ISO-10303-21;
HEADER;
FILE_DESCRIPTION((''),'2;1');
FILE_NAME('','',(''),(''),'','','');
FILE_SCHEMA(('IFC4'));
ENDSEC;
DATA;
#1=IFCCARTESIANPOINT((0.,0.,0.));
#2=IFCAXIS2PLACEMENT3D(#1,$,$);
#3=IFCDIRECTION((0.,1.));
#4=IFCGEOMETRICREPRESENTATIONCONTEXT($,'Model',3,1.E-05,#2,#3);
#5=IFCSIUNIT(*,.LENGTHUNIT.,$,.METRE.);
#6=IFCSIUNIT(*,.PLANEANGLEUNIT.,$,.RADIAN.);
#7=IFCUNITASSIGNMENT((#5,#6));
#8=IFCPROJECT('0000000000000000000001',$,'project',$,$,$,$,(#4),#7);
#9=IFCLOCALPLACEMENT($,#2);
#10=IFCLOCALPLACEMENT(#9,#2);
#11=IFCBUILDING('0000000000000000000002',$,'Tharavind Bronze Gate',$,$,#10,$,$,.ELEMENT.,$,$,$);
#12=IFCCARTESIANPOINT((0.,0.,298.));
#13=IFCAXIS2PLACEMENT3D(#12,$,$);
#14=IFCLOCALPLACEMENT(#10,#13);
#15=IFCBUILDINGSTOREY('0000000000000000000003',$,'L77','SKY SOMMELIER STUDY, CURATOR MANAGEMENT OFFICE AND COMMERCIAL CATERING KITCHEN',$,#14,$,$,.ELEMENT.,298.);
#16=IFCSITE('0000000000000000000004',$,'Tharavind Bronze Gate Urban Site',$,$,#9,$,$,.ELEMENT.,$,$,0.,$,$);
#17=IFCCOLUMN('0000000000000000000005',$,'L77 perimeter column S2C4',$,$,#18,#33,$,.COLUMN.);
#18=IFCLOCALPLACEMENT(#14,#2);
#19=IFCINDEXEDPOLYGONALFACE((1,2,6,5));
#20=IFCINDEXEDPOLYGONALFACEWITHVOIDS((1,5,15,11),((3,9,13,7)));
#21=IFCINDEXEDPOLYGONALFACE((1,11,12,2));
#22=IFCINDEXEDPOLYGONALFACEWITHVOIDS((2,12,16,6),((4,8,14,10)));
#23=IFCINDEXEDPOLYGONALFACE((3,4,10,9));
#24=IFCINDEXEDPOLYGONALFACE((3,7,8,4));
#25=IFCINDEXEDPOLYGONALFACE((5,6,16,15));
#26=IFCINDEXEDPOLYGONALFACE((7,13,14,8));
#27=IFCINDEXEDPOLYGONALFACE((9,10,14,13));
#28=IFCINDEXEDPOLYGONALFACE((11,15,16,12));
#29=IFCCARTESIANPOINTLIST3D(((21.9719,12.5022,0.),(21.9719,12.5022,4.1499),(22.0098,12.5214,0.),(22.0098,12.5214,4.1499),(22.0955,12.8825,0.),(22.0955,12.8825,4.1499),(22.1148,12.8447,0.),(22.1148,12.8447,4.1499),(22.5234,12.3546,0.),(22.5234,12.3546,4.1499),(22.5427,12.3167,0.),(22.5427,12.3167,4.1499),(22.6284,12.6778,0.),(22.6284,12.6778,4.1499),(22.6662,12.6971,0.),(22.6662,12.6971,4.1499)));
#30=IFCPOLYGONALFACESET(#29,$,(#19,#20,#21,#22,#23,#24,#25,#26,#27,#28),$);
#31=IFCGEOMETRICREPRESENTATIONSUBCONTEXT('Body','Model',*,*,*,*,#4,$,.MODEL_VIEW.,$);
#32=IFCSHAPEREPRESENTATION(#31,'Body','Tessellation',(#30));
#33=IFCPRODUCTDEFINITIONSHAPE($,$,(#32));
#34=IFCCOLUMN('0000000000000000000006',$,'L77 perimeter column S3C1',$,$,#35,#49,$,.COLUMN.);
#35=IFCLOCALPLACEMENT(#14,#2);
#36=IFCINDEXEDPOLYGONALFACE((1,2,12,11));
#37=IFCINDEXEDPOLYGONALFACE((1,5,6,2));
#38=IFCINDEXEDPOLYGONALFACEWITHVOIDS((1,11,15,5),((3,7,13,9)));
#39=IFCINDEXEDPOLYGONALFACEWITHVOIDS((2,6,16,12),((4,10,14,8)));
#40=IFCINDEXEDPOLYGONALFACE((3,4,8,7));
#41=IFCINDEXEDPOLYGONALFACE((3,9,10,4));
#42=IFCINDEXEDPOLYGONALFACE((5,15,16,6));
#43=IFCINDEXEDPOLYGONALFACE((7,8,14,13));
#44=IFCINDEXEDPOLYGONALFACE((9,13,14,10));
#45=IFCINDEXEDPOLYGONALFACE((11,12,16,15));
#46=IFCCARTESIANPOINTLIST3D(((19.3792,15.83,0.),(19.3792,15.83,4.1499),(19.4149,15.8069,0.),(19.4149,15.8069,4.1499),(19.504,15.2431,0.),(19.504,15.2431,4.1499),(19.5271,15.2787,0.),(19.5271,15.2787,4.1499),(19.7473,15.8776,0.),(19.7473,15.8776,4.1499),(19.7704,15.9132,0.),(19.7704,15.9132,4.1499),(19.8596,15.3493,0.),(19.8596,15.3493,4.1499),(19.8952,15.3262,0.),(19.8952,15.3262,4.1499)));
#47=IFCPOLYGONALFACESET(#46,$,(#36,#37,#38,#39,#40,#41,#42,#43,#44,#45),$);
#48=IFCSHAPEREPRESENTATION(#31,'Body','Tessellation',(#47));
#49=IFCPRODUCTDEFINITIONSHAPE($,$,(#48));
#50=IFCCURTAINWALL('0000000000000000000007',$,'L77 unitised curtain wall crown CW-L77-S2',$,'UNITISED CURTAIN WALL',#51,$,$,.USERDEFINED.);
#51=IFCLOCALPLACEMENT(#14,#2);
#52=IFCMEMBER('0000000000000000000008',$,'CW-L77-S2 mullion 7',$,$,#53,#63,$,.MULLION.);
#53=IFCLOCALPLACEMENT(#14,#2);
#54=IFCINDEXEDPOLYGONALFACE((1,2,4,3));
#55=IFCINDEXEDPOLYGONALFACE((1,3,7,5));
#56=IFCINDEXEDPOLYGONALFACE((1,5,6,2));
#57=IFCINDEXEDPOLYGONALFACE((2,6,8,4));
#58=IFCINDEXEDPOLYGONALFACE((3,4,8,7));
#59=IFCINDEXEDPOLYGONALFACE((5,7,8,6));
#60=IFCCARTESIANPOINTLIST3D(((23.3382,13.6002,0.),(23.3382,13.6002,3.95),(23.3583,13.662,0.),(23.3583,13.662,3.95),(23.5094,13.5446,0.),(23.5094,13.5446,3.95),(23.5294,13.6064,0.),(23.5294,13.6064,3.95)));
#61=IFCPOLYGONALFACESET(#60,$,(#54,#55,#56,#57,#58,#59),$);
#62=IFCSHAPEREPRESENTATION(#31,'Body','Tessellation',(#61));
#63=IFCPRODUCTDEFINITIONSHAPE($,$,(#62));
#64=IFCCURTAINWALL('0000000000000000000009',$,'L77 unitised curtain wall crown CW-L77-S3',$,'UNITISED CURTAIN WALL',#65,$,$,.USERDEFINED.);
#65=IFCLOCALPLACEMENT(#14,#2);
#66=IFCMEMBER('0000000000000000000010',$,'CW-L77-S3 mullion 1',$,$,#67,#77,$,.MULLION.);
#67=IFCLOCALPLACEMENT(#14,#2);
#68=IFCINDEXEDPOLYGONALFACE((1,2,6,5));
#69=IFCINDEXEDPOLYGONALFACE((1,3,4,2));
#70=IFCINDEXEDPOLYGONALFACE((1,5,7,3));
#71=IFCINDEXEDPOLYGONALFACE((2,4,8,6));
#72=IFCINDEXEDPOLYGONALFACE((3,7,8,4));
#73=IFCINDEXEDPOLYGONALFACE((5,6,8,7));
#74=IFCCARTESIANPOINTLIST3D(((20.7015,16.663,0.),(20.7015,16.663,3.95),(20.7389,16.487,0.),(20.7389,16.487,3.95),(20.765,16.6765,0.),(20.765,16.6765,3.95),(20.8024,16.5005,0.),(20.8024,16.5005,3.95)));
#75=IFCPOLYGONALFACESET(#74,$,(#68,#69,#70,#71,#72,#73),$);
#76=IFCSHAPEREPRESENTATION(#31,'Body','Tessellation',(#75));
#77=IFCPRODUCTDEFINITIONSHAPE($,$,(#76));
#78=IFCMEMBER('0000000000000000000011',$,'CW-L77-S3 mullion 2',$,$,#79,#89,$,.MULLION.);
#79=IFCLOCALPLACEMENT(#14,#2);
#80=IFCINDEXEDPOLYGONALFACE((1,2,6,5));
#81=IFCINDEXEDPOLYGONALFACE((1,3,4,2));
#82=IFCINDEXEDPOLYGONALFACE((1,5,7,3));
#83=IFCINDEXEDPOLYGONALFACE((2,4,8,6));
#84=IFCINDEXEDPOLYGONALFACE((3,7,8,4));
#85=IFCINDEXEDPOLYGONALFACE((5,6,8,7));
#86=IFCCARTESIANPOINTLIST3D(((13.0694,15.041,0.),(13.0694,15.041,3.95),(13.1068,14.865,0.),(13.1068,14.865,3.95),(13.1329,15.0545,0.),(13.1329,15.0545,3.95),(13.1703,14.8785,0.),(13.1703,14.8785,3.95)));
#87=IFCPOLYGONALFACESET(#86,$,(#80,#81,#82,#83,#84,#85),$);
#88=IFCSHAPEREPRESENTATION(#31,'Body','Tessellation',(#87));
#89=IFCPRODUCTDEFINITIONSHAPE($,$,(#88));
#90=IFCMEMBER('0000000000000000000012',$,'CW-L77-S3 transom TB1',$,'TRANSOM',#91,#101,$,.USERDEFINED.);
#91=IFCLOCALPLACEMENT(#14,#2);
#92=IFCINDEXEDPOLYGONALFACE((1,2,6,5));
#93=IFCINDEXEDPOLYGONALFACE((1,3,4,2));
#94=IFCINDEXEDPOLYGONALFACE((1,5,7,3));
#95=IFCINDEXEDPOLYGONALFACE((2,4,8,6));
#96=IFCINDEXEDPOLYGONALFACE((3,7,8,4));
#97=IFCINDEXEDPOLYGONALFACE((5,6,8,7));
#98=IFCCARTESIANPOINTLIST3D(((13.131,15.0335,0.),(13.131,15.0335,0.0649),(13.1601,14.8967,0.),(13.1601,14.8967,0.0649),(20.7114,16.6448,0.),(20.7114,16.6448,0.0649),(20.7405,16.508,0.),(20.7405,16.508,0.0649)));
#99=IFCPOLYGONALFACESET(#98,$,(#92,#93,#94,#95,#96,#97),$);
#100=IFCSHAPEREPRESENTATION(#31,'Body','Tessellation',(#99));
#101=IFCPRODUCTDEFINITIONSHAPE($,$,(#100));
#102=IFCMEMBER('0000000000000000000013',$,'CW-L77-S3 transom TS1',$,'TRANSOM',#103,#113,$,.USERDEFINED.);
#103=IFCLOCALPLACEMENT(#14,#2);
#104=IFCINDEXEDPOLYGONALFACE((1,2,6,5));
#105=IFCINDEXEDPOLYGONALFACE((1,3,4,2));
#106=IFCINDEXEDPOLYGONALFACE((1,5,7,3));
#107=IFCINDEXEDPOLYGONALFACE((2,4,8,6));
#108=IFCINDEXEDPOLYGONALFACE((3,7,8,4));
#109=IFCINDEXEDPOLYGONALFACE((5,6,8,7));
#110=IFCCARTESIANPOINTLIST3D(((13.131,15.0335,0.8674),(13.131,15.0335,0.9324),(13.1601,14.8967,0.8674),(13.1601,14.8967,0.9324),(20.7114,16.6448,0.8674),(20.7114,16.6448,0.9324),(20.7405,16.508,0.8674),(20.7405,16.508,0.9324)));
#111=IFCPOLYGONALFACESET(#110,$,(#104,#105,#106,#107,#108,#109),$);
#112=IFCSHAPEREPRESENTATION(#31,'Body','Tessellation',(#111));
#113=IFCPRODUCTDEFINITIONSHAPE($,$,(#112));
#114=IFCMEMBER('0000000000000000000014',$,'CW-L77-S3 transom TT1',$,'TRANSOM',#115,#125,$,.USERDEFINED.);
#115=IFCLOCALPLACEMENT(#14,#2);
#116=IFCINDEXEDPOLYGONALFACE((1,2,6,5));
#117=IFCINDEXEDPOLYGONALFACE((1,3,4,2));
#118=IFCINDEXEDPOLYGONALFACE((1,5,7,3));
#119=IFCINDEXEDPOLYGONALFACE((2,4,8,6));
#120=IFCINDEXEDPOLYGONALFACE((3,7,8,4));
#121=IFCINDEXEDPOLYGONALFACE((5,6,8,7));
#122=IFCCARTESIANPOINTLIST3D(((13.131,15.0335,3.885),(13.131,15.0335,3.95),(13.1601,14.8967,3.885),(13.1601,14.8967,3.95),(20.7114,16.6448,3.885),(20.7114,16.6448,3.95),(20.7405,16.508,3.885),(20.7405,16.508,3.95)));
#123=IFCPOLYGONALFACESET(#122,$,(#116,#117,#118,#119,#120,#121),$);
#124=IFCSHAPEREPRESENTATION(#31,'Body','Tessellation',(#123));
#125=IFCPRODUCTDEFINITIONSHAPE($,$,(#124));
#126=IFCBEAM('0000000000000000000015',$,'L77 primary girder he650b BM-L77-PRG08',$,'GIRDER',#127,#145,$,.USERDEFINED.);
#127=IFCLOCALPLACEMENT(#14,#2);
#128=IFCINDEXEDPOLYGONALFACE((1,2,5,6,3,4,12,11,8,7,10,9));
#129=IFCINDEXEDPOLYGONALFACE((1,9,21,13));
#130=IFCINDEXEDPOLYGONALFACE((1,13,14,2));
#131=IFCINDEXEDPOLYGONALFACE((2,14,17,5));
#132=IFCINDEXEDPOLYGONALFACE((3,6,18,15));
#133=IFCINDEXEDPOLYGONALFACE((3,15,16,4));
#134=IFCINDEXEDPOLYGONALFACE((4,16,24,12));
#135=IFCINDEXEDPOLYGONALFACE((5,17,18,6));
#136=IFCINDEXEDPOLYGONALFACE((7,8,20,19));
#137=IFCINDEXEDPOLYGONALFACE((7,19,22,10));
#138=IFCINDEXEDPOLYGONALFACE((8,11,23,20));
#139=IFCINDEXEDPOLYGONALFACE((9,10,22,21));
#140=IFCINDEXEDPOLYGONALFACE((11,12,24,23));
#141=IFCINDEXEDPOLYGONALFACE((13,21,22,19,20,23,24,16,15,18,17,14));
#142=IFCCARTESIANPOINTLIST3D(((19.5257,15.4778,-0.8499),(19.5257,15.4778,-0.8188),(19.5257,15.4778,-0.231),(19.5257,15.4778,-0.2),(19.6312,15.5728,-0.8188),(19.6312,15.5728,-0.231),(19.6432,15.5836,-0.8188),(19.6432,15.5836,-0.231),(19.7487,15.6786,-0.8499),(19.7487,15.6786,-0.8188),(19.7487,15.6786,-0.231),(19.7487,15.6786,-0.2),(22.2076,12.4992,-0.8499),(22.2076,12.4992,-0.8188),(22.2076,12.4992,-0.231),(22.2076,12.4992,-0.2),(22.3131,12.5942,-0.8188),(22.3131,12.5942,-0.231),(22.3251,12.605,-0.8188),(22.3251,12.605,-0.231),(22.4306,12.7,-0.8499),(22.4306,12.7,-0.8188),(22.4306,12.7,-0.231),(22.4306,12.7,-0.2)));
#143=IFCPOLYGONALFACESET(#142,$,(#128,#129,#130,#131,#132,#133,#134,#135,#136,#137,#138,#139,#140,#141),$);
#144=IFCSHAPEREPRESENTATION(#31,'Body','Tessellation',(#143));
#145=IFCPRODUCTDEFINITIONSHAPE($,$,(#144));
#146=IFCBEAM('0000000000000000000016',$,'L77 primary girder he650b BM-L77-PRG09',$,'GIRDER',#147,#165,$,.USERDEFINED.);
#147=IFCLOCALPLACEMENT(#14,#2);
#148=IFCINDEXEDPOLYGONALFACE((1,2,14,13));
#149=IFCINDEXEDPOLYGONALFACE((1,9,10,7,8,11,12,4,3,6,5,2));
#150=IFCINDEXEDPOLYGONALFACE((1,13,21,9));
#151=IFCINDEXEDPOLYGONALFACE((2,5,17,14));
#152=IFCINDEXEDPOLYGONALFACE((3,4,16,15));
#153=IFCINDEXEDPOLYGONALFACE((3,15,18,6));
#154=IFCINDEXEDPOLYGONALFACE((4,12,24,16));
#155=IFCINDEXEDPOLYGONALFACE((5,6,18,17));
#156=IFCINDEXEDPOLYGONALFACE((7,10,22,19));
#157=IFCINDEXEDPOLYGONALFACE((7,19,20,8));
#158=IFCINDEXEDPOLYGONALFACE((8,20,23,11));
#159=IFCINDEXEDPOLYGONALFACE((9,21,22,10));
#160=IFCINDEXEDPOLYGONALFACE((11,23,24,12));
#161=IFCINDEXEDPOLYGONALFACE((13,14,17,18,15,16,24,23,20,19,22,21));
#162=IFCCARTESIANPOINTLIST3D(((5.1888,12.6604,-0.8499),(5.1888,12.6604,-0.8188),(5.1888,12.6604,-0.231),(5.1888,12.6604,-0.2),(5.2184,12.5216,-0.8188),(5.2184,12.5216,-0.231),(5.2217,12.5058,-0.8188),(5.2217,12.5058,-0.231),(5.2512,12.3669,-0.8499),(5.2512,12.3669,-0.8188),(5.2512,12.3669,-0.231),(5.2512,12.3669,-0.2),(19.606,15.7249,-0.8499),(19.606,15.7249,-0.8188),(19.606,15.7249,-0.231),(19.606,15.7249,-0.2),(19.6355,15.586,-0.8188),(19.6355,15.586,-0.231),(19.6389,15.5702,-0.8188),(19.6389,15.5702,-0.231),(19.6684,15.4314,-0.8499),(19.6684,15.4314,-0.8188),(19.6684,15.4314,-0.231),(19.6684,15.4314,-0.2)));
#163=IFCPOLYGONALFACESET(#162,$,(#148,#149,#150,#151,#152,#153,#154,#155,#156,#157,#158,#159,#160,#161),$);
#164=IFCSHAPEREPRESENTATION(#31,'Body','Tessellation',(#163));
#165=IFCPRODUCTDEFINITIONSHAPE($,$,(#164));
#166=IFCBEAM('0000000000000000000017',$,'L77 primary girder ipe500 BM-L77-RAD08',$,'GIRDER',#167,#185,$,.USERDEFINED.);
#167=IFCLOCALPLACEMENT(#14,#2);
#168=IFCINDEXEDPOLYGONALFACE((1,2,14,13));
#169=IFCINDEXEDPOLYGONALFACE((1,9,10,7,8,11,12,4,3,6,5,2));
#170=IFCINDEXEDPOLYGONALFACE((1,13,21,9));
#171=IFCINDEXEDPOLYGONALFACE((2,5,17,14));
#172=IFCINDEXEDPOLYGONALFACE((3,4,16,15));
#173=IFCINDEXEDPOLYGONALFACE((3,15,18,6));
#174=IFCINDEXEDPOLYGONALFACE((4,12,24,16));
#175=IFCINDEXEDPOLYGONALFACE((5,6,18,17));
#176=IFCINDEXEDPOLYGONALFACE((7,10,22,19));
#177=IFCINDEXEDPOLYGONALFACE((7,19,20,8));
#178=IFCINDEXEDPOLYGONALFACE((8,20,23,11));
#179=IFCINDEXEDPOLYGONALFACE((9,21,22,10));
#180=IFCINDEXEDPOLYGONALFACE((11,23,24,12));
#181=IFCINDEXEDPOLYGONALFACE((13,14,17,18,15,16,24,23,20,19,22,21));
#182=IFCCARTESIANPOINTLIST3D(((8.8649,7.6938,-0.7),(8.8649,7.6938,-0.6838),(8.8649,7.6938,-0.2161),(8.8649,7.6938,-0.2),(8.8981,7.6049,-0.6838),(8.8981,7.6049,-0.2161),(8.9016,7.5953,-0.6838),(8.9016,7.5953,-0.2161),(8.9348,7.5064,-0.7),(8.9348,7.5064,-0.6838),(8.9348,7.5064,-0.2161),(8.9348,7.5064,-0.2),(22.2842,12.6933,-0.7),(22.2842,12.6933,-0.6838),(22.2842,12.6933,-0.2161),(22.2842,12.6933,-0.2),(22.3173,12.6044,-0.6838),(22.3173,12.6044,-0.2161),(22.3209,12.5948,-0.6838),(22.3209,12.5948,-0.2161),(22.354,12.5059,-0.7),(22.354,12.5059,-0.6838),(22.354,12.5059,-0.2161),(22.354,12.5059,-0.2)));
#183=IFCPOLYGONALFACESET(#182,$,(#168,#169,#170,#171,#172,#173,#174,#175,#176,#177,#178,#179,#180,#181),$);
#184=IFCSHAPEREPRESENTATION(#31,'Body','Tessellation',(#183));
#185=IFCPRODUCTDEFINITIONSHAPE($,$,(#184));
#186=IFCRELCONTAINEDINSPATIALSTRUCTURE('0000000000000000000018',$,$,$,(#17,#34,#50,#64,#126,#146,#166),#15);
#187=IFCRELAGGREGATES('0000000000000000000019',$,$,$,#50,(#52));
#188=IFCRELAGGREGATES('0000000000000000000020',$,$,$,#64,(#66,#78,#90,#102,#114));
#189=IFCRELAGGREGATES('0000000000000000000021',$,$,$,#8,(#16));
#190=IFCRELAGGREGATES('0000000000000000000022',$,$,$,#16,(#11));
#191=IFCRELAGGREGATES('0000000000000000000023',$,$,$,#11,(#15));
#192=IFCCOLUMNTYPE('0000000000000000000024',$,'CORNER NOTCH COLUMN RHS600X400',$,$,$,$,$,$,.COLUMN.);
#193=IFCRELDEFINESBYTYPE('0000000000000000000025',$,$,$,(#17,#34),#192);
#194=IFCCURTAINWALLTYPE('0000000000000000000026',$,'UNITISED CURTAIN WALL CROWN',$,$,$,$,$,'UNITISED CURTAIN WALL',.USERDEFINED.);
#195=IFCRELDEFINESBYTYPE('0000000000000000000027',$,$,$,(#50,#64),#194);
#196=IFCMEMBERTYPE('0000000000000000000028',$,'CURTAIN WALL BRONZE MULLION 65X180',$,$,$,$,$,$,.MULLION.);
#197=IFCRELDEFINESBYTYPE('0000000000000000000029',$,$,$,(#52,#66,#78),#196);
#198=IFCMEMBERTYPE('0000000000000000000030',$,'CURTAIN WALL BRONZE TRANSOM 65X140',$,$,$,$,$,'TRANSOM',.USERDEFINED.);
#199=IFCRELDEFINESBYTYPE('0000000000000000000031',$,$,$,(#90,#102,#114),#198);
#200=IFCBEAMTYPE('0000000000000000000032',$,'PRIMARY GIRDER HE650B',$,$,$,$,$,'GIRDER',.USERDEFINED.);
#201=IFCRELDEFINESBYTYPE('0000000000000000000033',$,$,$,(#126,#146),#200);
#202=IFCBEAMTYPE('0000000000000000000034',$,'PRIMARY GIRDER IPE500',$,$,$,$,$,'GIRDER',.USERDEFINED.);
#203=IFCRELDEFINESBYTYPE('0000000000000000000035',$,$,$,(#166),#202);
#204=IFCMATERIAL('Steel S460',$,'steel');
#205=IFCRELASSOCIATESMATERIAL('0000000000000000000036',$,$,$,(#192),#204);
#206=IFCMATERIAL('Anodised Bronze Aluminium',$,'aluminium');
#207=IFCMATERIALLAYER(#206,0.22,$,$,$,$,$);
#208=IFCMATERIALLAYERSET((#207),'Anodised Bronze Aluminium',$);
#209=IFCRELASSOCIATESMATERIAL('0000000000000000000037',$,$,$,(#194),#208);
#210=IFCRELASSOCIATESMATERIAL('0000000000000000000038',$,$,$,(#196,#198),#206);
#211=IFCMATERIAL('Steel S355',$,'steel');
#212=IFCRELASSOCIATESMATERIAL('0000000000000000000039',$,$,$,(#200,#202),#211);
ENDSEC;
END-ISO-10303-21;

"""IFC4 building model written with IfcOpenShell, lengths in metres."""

from ifc_helpers import new_model, si_unit, direction, frame, origin, origin_2d, place, context, subcontext, project, spatial, rectangle, hollow_rectangle, i_section, extrude, material, layer, layer_set, material_profile, profile_set, type_object, element, aggregate, save


model = new_model("IFC4")

# Units and contexts
model_context = context("Model", 3, precision=1e-05, world=origin(), true_north=direction((0.0, 1.0)))
body_context = subcontext(model_context, "Body", "Model", "MODEL_VIEW")
ifc_project = project(units=[si_unit("LENGTHUNIT", "METRE"), si_unit("PLANEANGLEUNIT", "RADIAN")], contexts=[model_context])

# Site, building, storey
site_placement = place(None, origin())
site = spatial("IfcSite", under=ifc_project, at=site_placement, Name="Tharavind Bronze Gate Urban Site", CompositionType="ELEMENT", RefElevation=0.0)
building_placement = place(site_placement, origin())
building = spatial("IfcBuilding", under=site, at=building_placement, Name="Tharavind Bronze Gate", CompositionType="ELEMENT")
storey_placement = place(building_placement, frame((0.0, 0.0, 298.0)))
storey = spatial("IfcBuildingStorey", under=building, at=storey_placement, Name="L77", Description="SKY SOMMELIER STUDY, CURATOR MANAGEMENT OFFICE AND COMMERCIAL CATERING KITCHEN", CompositionType="ELEMENT", Elevation=298.0)

# Columns
ifc_material_1 = material(Name="Steel S460", Category="steel")
ifc_material_profile_1 = material_profile(ifc_material_1, hollow_rectangle(XDim=0.3999, YDim=0.6001, WallThickness=0.03, at=origin_2d()), Name="RHS600X400X30")
ifc_profile_set_1 = profile_set([ifc_material_profile_1], Name="Steel S460")
column_type = type_object("IfcColumnType", Name="CORNER NOTCH COLUMN RHS600X400", PredefinedType="COLUMN", material=ifc_profile_set_1)
for number, where, z_axis, x_axis, name in (
    (1, (22.3191, 12.5996, 0.0), (0.0, 0.0, 1.0), (0.309019, 0.951056, 0.0), "L77 perimeter column S2C4"),
    (2, (19.6372, 15.5781, 0.0), (0.0, 0.0, 1.0), (0.978147, 0.207913, 0.0), "L77 perimeter column S3C1"),
):
    element("IfcColumn", number, at=place(storey_placement, frame(where, z_axis=z_axis, x_axis=x_axis)), inside=storey, type_object=column_type, Name=name, PredefinedType="COLUMN", context=body_context, shape_type="SweptSolid", body=[
        extrude(hollow_rectangle(XDim=0.3999, YDim=0.6001, WallThickness=0.03, at=origin_2d()), origin(), (0.0, 0.0, 1.0), 4.1499),
    ])

# Curtain wall, member
ifc_material_2 = material(Name="Anodised Bronze Aluminium", Category="aluminium")
ifc_layer_1 = layer(ifc_material_2, 0.22)
ifc_layer_set_1 = layer_set([ifc_layer_1], Name="Anodised Bronze Aluminium")
curtain_wall_type = type_object("IfcCurtainWallType", Name="UNITISED CURTAIN WALL CROWN", ElementType="UNITISED CURTAIN WALL", PredefinedType="USERDEFINED", material=ifc_layer_set_1)
curtain_wall_1_placement = place(storey_placement, origin())
curtain_wall_1 = element("IfcCurtainWall", 3, at=curtain_wall_1_placement, inside=storey, type_object=curtain_wall_type, Name="L77 unitised curtain wall crown CW-L77-S2", ObjectType="UNITISED CURTAIN WALL", PredefinedType="USERDEFINED")
member_type_1 = type_object("IfcMemberType", Name="CURTAIN WALL BRONZE MULLION 65X180", PredefinedType="MULLION", material=ifc_material_2)
member_1_placement = place(storey_placement, frame((23.4338, 13.6033, 0.0), z_axis=(0.0, 0.0, 1.0), x_axis=(0.309017, 0.951057, 0.0)))
member_1 = element("IfcMember", 4, at=member_1_placement, type_object=member_type_1, Name="CW-L77-S2 mullion 7", PredefinedType="MULLION", context=body_context, shape_type="SweptSolid", body=[
    extrude(rectangle(XDim=0.0649, YDim=0.1799, at=origin_2d()), origin(), (0.0, 0.0, 1.0), 3.95),
])
aggregate(curtain_wall_1, [member_1])

# Curtain wall, members
curtain_wall_2_placement = place(storey_placement, origin())
curtain_wall_2 = element("IfcCurtainWall", 5, at=curtain_wall_2_placement, inside=storey, type_object=curtain_wall_type, Name="L77 unitised curtain wall crown CW-L77-S3", ObjectType="UNITISED CURTAIN WALL", PredefinedType="USERDEFINED")
member_2_placement = place(storey_placement, frame((20.752, 16.5818, 0.0), z_axis=(0.0, 0.0, 1.0), x_axis=(-0.978147, -0.207913, 0.0)))
member_2 = element("IfcMember", 6, at=member_2_placement, type_object=member_type_1, Name="CW-L77-S3 mullion 1", PredefinedType="MULLION", context=body_context, shape_type="SweptSolid", body=[
    extrude(rectangle(XDim=0.0649, YDim=0.1799, at=origin_2d()), origin(), (0.0, 0.0, 1.0), 3.95),
])
member_3_placement = place(storey_placement, frame((13.1199, 14.9597, 0.0), z_axis=(0.0, 0.0, 1.0), x_axis=(-0.978147, -0.207913, 0.0)))
member_3 = element("IfcMember", 7, at=member_3_placement, type_object=member_type_1, Name="CW-L77-S3 mullion 2", PredefinedType="MULLION", context=body_context, shape_type="SweptSolid", body=[
    extrude(rectangle(XDim=0.0649, YDim=0.1799, at=origin_2d()), origin(), (0.0, 0.0, 1.0), 3.95),
])
member_type_2 = type_object("IfcMemberType", Name="CURTAIN WALL BRONZE TRANSOM 65X140", ElementType="TRANSOM", PredefinedType="USERDEFINED", material=ifc_material_2)
member_4_placement = place(storey_placement, frame((16.9358, 15.7708, 0.0), z_axis=(0.0, 0.0, 1.0), x_axis=(-0.978147, -0.207913, 0.0)))
member_4 = element("IfcMember", 8, at=member_4_placement, type_object=member_type_2, Name="CW-L77-S3 transom TB1", ObjectType="TRANSOM", PredefinedType="USERDEFINED", context=body_context, shape_type="SweptSolid", body=[
    extrude(rectangle(XDim=7.7498, YDim=0.1399, at=origin_2d()), origin(), (0.0, 0.0, 1.0), 0.0649),
])
member_5_placement = place(storey_placement, frame((16.9358, 15.7708, 0.8674), z_axis=(0.0, 0.0, 1.0), x_axis=(-0.978147, -0.207913, 0.0)))
member_5 = element("IfcMember", 9, at=member_5_placement, type_object=member_type_2, Name="CW-L77-S3 transom TS1", ObjectType="TRANSOM", PredefinedType="USERDEFINED", context=body_context, shape_type="SweptSolid", body=[
    extrude(rectangle(XDim=7.7498, YDim=0.1399, at=origin_2d()), origin(), (0.0, 0.0, 1.0), 0.0649),
])
member_6_placement = place(storey_placement, frame((16.9358, 15.7708, 3.885), z_axis=(0.0, 0.0, 1.0), x_axis=(-0.978147, -0.207913, 0.0)))
member_6 = element("IfcMember", 10, at=member_6_placement, type_object=member_type_2, Name="CW-L77-S3 transom TT1", ObjectType="TRANSOM", PredefinedType="USERDEFINED", context=body_context, shape_type="SweptSolid", body=[
    extrude(rectangle(XDim=7.7498, YDim=0.1399, at=origin_2d()), origin(), (0.0, 0.0, 1.0), 0.0649),
])

# Beams
ifc_material_3 = material(Name="Steel S355", Category="steel")
ifc_material_profile_2 = material_profile(ifc_material_3, i_section(OverallWidth=0.3, OverallDepth=0.6499, WebThickness=0.0161, FlangeThickness=0.031, at=origin_2d()), Name="HE650B")
ifc_profile_set_2 = profile_set([ifc_material_profile_2], Name="Steel S355")
beam_type_1 = type_object("IfcBeamType", Name="PRIMARY GIRDER HE650B", ElementType="GIRDER", PredefinedType="USERDEFINED", material=ifc_profile_set_2)
beam_1_placement = place(storey_placement, frame((22.3191, 12.5996, -0.5249), z_axis=(-0.669133, 0.743143, 0.0), x_axis=(-0.743143, -0.669133, 0.0)))
element("IfcBeam", 11, at=beam_1_placement, inside=storey, type_object=beam_type_1, Name="L77 primary girder he650b BM-L77-PRG08", ObjectType="GIRDER", PredefinedType="USERDEFINED", context=body_context, shape_type="SweptSolid", body=[
    extrude(i_section(OverallWidth=0.3, OverallDepth=0.6499, WebThickness=0.0161, FlangeThickness=0.031, at=origin_2d()), origin(), (0.0, 0.0, 1.0), 4.0081),
])
beam_2_placement = place(storey_placement, frame((19.6372, 15.5781, -0.5249), z_axis=(-0.978148, -0.20791, 0.0), x_axis=(0.20791, -0.978148, 0.0)))
element("IfcBeam", 12, at=beam_2_placement, inside=storey, type_object=beam_type_1, Name="L77 primary girder he650b BM-L77-PRG09", ObjectType="GIRDER", PredefinedType="USERDEFINED", context=body_context, shape_type="SweptSolid", body=[
    extrude(i_section(OverallWidth=0.3, OverallDepth=0.6499, WebThickness=0.0161, FlangeThickness=0.031, at=origin_2d()), origin(), (0.0, 0.0, 1.0), 14.7393),
])
ifc_material_profile_3 = material_profile(ifc_material_3, i_section(OverallWidth=0.2, OverallDepth=0.5, WebThickness=0.0103, FlangeThickness=0.0161, at=origin_2d()), Name="IPE500")
ifc_profile_set_3 = profile_set([ifc_material_profile_3], Name="Steel S355")
beam_type_2 = type_object("IfcBeamType", Name="PRIMARY GIRDER IPE500", ElementType="GIRDER", PredefinedType="USERDEFINED", material=ifc_profile_set_3)
beam_3_placement = place(storey_placement, frame((22.3191, 12.5996, -0.45), z_axis=(-0.937077, -0.349122, 0.0), x_axis=(0.349122, -0.937077, 0.0)))
element("IfcBeam", 13, at=beam_3_placement, inside=storey, type_object=beam_type_2, Name="L77 primary girder ipe500 BM-L77-RAD08", ObjectType="GIRDER", PredefinedType="USERDEFINED", context=body_context, shape_type="SweptSolid", body=[
    extrude(i_section(OverallWidth=0.2, OverallDepth=0.5, WebThickness=0.0103, FlangeThickness=0.0161, at=origin_2d()), origin(), (0.0, 0.0, 1.0), 14.3203),
])

aggregate(curtain_wall_2, [member_2, member_3, member_4, member_5, member_6])

save(model, "model.ifc")
